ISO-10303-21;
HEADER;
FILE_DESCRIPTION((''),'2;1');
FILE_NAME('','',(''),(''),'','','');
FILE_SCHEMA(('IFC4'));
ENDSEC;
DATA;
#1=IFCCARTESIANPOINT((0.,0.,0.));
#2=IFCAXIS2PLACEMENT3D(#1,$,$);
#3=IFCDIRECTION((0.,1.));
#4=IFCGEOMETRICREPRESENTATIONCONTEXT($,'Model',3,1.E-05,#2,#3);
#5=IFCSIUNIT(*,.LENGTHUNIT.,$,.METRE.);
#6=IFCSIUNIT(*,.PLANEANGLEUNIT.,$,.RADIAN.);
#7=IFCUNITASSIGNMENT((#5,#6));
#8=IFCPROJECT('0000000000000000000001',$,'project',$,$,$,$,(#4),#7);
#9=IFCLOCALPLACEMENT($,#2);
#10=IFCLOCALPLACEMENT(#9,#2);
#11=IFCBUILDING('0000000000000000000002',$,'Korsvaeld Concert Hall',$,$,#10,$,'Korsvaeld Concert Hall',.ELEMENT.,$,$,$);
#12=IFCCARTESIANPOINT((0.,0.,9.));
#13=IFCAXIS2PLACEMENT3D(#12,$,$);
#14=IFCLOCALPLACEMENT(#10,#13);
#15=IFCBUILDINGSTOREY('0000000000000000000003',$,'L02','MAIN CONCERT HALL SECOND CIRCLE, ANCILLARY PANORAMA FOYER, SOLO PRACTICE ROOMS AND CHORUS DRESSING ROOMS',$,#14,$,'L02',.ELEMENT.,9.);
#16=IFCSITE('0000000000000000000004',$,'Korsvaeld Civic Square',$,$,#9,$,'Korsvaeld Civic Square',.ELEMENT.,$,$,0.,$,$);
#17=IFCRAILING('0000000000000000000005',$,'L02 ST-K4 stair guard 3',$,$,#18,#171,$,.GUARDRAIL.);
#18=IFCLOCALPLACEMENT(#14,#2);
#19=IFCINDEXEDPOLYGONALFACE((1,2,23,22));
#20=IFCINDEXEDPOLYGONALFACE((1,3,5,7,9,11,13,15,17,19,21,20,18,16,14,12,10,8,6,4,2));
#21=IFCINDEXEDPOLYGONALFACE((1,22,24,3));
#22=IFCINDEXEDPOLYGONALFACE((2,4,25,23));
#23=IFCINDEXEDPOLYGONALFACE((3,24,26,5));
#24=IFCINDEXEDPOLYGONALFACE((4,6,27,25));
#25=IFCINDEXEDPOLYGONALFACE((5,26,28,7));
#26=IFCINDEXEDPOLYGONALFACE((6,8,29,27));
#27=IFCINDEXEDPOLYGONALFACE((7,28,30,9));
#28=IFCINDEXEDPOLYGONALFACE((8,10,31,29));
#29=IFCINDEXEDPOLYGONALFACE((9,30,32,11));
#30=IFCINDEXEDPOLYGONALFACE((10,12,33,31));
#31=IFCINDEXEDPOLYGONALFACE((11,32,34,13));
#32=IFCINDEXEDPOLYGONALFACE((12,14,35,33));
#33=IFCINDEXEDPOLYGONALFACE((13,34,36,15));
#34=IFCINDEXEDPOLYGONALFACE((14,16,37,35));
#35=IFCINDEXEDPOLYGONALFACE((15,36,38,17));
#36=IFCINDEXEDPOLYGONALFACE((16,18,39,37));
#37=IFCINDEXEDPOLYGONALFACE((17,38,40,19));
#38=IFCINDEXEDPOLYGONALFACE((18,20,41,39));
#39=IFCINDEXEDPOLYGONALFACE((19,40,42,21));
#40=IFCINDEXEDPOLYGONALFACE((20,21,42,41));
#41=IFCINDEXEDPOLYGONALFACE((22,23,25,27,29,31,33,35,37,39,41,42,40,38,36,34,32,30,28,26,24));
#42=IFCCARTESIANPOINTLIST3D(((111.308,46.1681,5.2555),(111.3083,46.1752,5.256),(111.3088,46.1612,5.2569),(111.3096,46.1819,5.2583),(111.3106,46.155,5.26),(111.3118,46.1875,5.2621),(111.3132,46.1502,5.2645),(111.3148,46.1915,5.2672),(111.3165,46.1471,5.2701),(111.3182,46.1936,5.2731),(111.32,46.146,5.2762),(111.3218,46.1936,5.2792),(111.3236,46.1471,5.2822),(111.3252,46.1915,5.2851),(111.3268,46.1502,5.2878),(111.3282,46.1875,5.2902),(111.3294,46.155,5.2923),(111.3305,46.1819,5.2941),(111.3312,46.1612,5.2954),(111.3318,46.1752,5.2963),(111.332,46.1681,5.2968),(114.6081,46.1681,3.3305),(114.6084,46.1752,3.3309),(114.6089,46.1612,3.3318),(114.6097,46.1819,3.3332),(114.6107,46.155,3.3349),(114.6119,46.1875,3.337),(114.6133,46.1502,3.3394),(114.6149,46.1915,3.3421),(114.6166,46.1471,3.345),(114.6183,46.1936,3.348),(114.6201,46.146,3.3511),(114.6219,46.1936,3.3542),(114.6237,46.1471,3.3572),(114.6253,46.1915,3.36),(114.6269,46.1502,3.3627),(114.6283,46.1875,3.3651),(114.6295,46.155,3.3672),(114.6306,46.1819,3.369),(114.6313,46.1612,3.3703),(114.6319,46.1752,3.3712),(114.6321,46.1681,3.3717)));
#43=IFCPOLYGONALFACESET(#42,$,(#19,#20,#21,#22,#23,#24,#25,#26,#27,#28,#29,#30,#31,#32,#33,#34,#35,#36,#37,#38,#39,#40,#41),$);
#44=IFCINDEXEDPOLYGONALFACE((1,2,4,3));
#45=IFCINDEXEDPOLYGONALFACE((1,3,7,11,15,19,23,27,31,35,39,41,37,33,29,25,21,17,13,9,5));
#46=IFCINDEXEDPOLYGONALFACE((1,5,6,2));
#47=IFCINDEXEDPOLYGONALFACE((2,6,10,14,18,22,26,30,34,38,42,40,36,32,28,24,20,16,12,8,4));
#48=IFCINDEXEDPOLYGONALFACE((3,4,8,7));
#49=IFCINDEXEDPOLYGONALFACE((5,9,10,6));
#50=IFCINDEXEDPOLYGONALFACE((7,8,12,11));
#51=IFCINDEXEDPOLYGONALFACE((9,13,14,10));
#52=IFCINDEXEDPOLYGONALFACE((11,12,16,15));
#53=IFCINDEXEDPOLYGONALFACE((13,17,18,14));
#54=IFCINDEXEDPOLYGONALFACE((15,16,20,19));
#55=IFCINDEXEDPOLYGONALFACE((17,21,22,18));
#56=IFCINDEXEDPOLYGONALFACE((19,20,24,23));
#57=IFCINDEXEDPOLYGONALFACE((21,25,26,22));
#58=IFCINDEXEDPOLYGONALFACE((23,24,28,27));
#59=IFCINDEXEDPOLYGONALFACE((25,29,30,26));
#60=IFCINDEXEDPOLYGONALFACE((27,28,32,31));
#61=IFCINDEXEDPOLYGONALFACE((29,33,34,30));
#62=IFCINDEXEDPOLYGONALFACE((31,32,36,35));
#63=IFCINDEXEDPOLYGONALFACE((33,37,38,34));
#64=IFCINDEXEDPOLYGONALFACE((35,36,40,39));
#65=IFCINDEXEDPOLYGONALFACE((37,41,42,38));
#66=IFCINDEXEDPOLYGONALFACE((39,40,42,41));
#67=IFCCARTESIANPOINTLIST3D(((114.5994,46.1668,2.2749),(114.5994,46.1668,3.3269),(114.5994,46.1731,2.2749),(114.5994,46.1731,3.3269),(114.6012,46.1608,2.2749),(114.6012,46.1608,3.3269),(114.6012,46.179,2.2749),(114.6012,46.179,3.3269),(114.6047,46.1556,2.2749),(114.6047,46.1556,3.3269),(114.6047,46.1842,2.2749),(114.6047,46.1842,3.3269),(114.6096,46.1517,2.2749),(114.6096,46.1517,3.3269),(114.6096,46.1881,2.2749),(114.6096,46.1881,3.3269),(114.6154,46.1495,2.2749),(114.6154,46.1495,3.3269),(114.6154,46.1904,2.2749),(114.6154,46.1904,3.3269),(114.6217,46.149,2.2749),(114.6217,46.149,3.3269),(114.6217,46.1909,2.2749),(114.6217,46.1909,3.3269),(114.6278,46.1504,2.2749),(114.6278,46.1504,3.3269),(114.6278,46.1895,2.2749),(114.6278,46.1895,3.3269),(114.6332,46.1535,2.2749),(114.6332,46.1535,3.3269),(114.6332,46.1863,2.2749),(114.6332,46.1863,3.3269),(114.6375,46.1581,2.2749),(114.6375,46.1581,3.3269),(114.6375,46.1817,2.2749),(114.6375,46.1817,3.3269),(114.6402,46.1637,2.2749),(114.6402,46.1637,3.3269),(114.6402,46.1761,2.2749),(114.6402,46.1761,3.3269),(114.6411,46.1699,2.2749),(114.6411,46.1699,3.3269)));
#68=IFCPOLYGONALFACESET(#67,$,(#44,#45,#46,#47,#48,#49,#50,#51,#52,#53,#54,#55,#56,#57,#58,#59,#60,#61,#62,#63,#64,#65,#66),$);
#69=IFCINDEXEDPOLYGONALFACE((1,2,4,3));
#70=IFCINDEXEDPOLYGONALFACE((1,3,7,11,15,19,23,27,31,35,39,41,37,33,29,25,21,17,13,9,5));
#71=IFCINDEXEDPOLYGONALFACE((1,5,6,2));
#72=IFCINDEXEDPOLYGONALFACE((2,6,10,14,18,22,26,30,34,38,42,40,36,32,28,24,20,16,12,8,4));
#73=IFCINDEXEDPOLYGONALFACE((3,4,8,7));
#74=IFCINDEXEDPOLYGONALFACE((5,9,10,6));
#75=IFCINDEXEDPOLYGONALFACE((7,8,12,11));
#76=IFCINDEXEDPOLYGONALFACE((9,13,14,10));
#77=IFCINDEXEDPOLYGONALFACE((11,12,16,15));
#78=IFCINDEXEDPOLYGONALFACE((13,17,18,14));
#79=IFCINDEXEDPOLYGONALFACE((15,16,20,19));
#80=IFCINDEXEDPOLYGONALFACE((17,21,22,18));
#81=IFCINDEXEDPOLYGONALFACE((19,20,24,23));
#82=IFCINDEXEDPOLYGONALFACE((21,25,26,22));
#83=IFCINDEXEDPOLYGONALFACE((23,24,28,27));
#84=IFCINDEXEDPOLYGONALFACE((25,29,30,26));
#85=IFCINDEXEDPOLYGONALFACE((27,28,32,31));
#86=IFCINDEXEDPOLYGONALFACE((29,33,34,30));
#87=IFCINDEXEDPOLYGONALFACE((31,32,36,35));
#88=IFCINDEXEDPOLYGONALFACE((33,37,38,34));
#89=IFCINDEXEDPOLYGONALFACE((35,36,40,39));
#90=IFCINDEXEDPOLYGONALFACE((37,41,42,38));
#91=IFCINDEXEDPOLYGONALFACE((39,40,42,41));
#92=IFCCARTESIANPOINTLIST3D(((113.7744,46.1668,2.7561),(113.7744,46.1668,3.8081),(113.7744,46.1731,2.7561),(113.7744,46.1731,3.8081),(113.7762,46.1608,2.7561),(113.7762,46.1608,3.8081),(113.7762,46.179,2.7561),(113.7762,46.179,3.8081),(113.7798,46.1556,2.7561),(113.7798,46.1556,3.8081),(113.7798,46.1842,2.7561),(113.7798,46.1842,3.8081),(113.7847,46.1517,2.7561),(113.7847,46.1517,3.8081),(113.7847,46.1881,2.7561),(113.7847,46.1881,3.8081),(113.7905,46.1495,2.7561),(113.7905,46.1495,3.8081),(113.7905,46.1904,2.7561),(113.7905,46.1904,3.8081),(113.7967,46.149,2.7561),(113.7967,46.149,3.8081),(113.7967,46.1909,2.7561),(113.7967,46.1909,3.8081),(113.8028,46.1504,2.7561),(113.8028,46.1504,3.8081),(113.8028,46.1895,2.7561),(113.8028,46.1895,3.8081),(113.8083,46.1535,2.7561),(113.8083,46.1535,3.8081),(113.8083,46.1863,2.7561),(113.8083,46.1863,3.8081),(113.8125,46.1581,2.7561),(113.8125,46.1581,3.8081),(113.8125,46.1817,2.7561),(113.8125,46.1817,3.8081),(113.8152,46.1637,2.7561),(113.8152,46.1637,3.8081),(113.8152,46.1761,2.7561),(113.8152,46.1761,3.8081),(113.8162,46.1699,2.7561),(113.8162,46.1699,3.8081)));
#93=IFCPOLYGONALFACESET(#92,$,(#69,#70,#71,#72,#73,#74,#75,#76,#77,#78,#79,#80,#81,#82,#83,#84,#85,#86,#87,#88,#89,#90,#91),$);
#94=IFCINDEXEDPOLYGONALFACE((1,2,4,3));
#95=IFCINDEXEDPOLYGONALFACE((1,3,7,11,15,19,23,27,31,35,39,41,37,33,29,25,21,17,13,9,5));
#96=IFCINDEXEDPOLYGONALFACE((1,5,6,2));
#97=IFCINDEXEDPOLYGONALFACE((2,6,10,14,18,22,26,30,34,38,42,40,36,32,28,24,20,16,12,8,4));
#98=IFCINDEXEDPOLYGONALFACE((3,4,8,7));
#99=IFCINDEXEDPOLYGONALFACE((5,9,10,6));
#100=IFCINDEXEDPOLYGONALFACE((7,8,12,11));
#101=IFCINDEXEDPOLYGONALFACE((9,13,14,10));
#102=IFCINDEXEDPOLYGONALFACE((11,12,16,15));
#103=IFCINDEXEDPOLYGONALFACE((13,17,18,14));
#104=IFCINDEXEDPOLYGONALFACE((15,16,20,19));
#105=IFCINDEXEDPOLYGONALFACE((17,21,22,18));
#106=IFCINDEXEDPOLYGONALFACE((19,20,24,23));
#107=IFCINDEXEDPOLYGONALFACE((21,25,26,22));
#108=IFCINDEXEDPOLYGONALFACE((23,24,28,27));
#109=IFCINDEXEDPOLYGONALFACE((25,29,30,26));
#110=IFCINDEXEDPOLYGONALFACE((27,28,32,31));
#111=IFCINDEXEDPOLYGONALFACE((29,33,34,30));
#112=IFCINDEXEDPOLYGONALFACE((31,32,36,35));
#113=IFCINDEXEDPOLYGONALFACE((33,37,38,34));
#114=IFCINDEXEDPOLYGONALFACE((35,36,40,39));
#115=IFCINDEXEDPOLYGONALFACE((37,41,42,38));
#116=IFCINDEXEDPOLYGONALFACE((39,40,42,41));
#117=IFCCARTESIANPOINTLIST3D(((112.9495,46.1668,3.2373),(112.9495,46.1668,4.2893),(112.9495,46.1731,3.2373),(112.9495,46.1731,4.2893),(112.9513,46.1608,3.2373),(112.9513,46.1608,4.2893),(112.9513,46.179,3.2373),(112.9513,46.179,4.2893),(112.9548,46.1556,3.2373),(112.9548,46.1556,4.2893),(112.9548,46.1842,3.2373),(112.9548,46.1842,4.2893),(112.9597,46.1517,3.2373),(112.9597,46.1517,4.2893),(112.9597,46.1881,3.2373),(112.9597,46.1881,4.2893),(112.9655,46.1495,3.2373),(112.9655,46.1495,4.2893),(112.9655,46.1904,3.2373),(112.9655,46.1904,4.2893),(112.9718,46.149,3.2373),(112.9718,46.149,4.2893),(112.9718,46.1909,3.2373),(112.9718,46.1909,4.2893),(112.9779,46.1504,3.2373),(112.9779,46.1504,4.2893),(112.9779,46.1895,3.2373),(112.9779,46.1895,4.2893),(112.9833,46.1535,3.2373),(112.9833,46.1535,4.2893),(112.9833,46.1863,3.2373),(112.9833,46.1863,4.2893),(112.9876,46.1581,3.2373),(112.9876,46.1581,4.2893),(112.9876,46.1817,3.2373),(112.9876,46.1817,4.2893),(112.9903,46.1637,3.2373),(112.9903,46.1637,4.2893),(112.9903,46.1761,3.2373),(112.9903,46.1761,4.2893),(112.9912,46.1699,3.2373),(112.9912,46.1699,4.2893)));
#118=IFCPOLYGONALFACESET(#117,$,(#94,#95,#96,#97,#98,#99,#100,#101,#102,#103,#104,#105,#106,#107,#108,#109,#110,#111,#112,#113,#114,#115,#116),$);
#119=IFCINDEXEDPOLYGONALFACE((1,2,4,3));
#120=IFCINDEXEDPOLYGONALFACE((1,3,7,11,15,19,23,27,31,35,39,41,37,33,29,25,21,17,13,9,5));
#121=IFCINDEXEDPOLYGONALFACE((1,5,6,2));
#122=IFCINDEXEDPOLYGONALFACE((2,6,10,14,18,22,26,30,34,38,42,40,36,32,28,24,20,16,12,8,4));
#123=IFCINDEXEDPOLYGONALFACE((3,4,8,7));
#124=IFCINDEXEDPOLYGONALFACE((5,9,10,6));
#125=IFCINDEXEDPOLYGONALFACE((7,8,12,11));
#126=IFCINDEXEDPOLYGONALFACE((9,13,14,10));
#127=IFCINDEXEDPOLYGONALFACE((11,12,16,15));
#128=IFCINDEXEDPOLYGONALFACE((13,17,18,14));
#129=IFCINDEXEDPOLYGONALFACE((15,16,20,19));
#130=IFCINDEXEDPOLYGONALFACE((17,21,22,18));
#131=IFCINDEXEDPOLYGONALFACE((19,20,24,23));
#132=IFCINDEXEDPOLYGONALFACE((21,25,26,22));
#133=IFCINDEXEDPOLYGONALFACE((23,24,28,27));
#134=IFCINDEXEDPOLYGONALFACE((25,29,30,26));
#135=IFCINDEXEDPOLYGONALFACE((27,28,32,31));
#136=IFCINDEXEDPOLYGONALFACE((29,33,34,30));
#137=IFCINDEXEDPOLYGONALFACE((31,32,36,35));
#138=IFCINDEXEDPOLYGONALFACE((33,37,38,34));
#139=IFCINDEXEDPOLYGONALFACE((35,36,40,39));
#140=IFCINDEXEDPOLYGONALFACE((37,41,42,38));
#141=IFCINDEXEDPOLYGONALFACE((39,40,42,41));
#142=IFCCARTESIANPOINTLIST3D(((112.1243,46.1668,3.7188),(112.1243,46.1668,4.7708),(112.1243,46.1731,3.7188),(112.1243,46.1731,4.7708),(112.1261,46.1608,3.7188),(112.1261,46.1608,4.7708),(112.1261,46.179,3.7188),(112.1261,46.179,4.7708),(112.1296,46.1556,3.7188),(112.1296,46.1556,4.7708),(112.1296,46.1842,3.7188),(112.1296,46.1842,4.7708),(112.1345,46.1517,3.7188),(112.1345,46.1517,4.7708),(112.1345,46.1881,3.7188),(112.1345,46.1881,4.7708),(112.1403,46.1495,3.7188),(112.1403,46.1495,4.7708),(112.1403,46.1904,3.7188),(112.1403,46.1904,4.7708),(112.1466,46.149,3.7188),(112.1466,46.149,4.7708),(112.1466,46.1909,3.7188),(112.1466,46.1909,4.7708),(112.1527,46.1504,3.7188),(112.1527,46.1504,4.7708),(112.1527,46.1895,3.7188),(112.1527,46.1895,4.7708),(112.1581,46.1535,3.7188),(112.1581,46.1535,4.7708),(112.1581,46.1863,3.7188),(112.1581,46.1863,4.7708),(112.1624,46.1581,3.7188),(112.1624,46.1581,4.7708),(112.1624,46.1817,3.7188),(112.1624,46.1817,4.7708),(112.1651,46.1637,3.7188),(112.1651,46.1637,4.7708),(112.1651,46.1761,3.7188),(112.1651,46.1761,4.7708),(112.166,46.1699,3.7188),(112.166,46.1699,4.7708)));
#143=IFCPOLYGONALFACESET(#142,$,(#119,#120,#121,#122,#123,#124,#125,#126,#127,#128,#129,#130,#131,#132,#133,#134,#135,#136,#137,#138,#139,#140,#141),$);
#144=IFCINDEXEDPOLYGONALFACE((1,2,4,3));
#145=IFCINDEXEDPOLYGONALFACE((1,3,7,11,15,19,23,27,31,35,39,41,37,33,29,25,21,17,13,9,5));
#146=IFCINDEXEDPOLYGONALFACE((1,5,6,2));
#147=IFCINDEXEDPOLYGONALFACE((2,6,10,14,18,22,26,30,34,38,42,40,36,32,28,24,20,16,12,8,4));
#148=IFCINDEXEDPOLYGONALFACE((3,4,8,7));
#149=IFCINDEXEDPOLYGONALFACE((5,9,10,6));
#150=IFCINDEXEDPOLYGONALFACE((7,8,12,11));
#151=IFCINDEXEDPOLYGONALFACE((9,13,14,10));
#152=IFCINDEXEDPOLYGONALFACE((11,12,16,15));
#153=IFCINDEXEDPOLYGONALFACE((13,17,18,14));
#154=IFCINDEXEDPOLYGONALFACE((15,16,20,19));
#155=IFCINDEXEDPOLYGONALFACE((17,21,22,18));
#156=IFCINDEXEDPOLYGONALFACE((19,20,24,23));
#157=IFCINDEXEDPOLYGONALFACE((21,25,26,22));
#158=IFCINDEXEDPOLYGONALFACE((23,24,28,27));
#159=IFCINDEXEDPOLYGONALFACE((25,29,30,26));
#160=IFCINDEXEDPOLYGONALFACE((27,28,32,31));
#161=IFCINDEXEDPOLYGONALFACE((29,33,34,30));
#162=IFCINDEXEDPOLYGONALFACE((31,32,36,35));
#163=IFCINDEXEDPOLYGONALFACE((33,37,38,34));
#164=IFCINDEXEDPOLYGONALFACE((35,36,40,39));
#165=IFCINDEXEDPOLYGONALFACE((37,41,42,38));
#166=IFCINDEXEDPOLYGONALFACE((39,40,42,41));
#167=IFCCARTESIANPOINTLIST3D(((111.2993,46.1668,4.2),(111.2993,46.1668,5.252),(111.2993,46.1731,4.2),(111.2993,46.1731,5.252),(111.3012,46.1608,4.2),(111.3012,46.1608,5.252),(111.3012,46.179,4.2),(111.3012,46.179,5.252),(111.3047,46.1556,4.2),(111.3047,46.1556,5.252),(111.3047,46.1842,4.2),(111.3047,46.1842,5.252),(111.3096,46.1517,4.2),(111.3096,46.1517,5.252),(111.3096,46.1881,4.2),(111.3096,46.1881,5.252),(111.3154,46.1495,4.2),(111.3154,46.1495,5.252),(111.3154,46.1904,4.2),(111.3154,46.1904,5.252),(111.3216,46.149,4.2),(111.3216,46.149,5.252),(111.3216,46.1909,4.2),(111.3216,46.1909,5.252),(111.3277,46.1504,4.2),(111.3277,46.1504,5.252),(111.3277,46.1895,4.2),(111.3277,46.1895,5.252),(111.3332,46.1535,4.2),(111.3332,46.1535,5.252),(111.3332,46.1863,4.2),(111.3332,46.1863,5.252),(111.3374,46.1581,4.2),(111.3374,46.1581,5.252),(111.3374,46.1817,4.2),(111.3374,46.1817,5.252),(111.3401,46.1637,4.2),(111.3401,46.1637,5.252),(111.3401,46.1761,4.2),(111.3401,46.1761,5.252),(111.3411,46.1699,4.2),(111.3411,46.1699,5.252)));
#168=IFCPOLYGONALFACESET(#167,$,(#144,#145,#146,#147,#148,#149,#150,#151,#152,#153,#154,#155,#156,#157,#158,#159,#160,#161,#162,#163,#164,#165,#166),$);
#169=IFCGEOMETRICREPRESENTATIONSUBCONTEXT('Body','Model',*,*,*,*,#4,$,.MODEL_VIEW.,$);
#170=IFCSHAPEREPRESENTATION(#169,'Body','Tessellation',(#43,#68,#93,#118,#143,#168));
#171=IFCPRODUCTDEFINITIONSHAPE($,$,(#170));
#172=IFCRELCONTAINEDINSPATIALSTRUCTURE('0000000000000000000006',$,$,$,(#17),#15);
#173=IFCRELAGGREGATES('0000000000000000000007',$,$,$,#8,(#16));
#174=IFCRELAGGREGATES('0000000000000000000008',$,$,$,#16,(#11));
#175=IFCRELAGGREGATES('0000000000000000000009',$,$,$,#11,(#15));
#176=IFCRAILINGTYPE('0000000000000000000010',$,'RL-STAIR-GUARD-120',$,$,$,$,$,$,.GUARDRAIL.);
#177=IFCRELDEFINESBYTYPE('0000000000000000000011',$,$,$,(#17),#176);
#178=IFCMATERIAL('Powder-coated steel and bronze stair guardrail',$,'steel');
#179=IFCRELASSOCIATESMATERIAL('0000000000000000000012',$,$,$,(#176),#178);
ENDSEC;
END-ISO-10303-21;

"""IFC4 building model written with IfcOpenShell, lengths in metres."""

from ifc_helpers import new_model, si_unit, direction, frame, origin, origin_2d, place, context, subcontext, project, spatial, circle, extrude, material, type_object, element, save


model = new_model("IFC4")

# Units and contexts
model_context = context("Model", 3, precision=1e-05, world=origin(), true_north=direction((0.0, 1.0)))
body_context = subcontext(model_context, "Body", "Model", "MODEL_VIEW")
ifc_project = project(units=[si_unit("LENGTHUNIT", "METRE"), si_unit("PLANEANGLEUNIT", "RADIAN")], contexts=[model_context])

# Site, building, storey
site_placement = place(None, origin())
site = spatial("IfcSite", under=ifc_project, at=site_placement, Name="Korsvaeld Civic Square", LongName="Korsvaeld Civic Square", CompositionType="ELEMENT", RefElevation=0.0)
building_placement = place(site_placement, origin())
building = spatial("IfcBuilding", under=site, at=building_placement, Name="Korsvaeld Concert Hall", LongName="Korsvaeld Concert Hall", CompositionType="ELEMENT")
storey_placement = place(building_placement, frame((0.0, 0.0, 9.0)))
storey = spatial("IfcBuildingStorey", under=building, at=storey_placement, Name="L02", Description="MAIN CONCERT HALL SECOND CIRCLE, ANCILLARY PANORAMA FOYER, SOLO PRACTICE ROOMS AND CHORUS DRESSING ROOMS", LongName="L02", CompositionType="ELEMENT", Elevation=9.0)

# Railing
ifc_material_1 = material(Name="Powder-coated steel and bronze stair guardrail", Category="steel")
railing_type_1 = type_object("IfcRailingType", Name="RL-STAIR-GUARD-120", PredefinedType="GUARDRAIL", material=ifc_material_1)
railing_1_placement = place(storey_placement, frame((114.6201, 46.1699, 2.2749)))
element("IfcRailing", 1, at=railing_1_placement, inside=storey, type_object=railing_type_1, Name="L02 ST-K4 stair guard 3", PredefinedType="GUARDRAIL", context=body_context, shape_type="SweptSolid", body=[
    extrude(circle(Radius=0.0239, at=origin_2d()), frame((0.0, 0.0, 1.0762), z_axis=(-0.863777, 0.0, 0.503875), x_axis=(0.0, -1.0, 0.0)), (0.0, 0.0, 1.0), 3.8206),
    extrude(circle(Radius=0.021, at=origin_2d()), origin(), (0.0, 0.0, 1.0), 1.052),
    extrude(circle(Radius=0.021, at=origin_2d()), frame((-0.825, 0.0, 0.4812)), (0.0, 0.0, 1.0), 1.052),
    extrude(circle(Radius=0.021, at=origin_2d()), frame((-1.6499, 0.0, 0.9624)), (0.0, 0.0, 1.0), 1.052),
    extrude(circle(Radius=0.021, at=origin_2d()), frame((-2.4751, 0.0, 1.4438)), (0.0, 0.0, 1.0), 1.052),
    extrude(circle(Radius=0.021, at=origin_2d()), frame((-3.3, 0.0, 1.925)), (0.0, 0.0, 1.0), 1.052),
])

save(model, "model.ifc")
